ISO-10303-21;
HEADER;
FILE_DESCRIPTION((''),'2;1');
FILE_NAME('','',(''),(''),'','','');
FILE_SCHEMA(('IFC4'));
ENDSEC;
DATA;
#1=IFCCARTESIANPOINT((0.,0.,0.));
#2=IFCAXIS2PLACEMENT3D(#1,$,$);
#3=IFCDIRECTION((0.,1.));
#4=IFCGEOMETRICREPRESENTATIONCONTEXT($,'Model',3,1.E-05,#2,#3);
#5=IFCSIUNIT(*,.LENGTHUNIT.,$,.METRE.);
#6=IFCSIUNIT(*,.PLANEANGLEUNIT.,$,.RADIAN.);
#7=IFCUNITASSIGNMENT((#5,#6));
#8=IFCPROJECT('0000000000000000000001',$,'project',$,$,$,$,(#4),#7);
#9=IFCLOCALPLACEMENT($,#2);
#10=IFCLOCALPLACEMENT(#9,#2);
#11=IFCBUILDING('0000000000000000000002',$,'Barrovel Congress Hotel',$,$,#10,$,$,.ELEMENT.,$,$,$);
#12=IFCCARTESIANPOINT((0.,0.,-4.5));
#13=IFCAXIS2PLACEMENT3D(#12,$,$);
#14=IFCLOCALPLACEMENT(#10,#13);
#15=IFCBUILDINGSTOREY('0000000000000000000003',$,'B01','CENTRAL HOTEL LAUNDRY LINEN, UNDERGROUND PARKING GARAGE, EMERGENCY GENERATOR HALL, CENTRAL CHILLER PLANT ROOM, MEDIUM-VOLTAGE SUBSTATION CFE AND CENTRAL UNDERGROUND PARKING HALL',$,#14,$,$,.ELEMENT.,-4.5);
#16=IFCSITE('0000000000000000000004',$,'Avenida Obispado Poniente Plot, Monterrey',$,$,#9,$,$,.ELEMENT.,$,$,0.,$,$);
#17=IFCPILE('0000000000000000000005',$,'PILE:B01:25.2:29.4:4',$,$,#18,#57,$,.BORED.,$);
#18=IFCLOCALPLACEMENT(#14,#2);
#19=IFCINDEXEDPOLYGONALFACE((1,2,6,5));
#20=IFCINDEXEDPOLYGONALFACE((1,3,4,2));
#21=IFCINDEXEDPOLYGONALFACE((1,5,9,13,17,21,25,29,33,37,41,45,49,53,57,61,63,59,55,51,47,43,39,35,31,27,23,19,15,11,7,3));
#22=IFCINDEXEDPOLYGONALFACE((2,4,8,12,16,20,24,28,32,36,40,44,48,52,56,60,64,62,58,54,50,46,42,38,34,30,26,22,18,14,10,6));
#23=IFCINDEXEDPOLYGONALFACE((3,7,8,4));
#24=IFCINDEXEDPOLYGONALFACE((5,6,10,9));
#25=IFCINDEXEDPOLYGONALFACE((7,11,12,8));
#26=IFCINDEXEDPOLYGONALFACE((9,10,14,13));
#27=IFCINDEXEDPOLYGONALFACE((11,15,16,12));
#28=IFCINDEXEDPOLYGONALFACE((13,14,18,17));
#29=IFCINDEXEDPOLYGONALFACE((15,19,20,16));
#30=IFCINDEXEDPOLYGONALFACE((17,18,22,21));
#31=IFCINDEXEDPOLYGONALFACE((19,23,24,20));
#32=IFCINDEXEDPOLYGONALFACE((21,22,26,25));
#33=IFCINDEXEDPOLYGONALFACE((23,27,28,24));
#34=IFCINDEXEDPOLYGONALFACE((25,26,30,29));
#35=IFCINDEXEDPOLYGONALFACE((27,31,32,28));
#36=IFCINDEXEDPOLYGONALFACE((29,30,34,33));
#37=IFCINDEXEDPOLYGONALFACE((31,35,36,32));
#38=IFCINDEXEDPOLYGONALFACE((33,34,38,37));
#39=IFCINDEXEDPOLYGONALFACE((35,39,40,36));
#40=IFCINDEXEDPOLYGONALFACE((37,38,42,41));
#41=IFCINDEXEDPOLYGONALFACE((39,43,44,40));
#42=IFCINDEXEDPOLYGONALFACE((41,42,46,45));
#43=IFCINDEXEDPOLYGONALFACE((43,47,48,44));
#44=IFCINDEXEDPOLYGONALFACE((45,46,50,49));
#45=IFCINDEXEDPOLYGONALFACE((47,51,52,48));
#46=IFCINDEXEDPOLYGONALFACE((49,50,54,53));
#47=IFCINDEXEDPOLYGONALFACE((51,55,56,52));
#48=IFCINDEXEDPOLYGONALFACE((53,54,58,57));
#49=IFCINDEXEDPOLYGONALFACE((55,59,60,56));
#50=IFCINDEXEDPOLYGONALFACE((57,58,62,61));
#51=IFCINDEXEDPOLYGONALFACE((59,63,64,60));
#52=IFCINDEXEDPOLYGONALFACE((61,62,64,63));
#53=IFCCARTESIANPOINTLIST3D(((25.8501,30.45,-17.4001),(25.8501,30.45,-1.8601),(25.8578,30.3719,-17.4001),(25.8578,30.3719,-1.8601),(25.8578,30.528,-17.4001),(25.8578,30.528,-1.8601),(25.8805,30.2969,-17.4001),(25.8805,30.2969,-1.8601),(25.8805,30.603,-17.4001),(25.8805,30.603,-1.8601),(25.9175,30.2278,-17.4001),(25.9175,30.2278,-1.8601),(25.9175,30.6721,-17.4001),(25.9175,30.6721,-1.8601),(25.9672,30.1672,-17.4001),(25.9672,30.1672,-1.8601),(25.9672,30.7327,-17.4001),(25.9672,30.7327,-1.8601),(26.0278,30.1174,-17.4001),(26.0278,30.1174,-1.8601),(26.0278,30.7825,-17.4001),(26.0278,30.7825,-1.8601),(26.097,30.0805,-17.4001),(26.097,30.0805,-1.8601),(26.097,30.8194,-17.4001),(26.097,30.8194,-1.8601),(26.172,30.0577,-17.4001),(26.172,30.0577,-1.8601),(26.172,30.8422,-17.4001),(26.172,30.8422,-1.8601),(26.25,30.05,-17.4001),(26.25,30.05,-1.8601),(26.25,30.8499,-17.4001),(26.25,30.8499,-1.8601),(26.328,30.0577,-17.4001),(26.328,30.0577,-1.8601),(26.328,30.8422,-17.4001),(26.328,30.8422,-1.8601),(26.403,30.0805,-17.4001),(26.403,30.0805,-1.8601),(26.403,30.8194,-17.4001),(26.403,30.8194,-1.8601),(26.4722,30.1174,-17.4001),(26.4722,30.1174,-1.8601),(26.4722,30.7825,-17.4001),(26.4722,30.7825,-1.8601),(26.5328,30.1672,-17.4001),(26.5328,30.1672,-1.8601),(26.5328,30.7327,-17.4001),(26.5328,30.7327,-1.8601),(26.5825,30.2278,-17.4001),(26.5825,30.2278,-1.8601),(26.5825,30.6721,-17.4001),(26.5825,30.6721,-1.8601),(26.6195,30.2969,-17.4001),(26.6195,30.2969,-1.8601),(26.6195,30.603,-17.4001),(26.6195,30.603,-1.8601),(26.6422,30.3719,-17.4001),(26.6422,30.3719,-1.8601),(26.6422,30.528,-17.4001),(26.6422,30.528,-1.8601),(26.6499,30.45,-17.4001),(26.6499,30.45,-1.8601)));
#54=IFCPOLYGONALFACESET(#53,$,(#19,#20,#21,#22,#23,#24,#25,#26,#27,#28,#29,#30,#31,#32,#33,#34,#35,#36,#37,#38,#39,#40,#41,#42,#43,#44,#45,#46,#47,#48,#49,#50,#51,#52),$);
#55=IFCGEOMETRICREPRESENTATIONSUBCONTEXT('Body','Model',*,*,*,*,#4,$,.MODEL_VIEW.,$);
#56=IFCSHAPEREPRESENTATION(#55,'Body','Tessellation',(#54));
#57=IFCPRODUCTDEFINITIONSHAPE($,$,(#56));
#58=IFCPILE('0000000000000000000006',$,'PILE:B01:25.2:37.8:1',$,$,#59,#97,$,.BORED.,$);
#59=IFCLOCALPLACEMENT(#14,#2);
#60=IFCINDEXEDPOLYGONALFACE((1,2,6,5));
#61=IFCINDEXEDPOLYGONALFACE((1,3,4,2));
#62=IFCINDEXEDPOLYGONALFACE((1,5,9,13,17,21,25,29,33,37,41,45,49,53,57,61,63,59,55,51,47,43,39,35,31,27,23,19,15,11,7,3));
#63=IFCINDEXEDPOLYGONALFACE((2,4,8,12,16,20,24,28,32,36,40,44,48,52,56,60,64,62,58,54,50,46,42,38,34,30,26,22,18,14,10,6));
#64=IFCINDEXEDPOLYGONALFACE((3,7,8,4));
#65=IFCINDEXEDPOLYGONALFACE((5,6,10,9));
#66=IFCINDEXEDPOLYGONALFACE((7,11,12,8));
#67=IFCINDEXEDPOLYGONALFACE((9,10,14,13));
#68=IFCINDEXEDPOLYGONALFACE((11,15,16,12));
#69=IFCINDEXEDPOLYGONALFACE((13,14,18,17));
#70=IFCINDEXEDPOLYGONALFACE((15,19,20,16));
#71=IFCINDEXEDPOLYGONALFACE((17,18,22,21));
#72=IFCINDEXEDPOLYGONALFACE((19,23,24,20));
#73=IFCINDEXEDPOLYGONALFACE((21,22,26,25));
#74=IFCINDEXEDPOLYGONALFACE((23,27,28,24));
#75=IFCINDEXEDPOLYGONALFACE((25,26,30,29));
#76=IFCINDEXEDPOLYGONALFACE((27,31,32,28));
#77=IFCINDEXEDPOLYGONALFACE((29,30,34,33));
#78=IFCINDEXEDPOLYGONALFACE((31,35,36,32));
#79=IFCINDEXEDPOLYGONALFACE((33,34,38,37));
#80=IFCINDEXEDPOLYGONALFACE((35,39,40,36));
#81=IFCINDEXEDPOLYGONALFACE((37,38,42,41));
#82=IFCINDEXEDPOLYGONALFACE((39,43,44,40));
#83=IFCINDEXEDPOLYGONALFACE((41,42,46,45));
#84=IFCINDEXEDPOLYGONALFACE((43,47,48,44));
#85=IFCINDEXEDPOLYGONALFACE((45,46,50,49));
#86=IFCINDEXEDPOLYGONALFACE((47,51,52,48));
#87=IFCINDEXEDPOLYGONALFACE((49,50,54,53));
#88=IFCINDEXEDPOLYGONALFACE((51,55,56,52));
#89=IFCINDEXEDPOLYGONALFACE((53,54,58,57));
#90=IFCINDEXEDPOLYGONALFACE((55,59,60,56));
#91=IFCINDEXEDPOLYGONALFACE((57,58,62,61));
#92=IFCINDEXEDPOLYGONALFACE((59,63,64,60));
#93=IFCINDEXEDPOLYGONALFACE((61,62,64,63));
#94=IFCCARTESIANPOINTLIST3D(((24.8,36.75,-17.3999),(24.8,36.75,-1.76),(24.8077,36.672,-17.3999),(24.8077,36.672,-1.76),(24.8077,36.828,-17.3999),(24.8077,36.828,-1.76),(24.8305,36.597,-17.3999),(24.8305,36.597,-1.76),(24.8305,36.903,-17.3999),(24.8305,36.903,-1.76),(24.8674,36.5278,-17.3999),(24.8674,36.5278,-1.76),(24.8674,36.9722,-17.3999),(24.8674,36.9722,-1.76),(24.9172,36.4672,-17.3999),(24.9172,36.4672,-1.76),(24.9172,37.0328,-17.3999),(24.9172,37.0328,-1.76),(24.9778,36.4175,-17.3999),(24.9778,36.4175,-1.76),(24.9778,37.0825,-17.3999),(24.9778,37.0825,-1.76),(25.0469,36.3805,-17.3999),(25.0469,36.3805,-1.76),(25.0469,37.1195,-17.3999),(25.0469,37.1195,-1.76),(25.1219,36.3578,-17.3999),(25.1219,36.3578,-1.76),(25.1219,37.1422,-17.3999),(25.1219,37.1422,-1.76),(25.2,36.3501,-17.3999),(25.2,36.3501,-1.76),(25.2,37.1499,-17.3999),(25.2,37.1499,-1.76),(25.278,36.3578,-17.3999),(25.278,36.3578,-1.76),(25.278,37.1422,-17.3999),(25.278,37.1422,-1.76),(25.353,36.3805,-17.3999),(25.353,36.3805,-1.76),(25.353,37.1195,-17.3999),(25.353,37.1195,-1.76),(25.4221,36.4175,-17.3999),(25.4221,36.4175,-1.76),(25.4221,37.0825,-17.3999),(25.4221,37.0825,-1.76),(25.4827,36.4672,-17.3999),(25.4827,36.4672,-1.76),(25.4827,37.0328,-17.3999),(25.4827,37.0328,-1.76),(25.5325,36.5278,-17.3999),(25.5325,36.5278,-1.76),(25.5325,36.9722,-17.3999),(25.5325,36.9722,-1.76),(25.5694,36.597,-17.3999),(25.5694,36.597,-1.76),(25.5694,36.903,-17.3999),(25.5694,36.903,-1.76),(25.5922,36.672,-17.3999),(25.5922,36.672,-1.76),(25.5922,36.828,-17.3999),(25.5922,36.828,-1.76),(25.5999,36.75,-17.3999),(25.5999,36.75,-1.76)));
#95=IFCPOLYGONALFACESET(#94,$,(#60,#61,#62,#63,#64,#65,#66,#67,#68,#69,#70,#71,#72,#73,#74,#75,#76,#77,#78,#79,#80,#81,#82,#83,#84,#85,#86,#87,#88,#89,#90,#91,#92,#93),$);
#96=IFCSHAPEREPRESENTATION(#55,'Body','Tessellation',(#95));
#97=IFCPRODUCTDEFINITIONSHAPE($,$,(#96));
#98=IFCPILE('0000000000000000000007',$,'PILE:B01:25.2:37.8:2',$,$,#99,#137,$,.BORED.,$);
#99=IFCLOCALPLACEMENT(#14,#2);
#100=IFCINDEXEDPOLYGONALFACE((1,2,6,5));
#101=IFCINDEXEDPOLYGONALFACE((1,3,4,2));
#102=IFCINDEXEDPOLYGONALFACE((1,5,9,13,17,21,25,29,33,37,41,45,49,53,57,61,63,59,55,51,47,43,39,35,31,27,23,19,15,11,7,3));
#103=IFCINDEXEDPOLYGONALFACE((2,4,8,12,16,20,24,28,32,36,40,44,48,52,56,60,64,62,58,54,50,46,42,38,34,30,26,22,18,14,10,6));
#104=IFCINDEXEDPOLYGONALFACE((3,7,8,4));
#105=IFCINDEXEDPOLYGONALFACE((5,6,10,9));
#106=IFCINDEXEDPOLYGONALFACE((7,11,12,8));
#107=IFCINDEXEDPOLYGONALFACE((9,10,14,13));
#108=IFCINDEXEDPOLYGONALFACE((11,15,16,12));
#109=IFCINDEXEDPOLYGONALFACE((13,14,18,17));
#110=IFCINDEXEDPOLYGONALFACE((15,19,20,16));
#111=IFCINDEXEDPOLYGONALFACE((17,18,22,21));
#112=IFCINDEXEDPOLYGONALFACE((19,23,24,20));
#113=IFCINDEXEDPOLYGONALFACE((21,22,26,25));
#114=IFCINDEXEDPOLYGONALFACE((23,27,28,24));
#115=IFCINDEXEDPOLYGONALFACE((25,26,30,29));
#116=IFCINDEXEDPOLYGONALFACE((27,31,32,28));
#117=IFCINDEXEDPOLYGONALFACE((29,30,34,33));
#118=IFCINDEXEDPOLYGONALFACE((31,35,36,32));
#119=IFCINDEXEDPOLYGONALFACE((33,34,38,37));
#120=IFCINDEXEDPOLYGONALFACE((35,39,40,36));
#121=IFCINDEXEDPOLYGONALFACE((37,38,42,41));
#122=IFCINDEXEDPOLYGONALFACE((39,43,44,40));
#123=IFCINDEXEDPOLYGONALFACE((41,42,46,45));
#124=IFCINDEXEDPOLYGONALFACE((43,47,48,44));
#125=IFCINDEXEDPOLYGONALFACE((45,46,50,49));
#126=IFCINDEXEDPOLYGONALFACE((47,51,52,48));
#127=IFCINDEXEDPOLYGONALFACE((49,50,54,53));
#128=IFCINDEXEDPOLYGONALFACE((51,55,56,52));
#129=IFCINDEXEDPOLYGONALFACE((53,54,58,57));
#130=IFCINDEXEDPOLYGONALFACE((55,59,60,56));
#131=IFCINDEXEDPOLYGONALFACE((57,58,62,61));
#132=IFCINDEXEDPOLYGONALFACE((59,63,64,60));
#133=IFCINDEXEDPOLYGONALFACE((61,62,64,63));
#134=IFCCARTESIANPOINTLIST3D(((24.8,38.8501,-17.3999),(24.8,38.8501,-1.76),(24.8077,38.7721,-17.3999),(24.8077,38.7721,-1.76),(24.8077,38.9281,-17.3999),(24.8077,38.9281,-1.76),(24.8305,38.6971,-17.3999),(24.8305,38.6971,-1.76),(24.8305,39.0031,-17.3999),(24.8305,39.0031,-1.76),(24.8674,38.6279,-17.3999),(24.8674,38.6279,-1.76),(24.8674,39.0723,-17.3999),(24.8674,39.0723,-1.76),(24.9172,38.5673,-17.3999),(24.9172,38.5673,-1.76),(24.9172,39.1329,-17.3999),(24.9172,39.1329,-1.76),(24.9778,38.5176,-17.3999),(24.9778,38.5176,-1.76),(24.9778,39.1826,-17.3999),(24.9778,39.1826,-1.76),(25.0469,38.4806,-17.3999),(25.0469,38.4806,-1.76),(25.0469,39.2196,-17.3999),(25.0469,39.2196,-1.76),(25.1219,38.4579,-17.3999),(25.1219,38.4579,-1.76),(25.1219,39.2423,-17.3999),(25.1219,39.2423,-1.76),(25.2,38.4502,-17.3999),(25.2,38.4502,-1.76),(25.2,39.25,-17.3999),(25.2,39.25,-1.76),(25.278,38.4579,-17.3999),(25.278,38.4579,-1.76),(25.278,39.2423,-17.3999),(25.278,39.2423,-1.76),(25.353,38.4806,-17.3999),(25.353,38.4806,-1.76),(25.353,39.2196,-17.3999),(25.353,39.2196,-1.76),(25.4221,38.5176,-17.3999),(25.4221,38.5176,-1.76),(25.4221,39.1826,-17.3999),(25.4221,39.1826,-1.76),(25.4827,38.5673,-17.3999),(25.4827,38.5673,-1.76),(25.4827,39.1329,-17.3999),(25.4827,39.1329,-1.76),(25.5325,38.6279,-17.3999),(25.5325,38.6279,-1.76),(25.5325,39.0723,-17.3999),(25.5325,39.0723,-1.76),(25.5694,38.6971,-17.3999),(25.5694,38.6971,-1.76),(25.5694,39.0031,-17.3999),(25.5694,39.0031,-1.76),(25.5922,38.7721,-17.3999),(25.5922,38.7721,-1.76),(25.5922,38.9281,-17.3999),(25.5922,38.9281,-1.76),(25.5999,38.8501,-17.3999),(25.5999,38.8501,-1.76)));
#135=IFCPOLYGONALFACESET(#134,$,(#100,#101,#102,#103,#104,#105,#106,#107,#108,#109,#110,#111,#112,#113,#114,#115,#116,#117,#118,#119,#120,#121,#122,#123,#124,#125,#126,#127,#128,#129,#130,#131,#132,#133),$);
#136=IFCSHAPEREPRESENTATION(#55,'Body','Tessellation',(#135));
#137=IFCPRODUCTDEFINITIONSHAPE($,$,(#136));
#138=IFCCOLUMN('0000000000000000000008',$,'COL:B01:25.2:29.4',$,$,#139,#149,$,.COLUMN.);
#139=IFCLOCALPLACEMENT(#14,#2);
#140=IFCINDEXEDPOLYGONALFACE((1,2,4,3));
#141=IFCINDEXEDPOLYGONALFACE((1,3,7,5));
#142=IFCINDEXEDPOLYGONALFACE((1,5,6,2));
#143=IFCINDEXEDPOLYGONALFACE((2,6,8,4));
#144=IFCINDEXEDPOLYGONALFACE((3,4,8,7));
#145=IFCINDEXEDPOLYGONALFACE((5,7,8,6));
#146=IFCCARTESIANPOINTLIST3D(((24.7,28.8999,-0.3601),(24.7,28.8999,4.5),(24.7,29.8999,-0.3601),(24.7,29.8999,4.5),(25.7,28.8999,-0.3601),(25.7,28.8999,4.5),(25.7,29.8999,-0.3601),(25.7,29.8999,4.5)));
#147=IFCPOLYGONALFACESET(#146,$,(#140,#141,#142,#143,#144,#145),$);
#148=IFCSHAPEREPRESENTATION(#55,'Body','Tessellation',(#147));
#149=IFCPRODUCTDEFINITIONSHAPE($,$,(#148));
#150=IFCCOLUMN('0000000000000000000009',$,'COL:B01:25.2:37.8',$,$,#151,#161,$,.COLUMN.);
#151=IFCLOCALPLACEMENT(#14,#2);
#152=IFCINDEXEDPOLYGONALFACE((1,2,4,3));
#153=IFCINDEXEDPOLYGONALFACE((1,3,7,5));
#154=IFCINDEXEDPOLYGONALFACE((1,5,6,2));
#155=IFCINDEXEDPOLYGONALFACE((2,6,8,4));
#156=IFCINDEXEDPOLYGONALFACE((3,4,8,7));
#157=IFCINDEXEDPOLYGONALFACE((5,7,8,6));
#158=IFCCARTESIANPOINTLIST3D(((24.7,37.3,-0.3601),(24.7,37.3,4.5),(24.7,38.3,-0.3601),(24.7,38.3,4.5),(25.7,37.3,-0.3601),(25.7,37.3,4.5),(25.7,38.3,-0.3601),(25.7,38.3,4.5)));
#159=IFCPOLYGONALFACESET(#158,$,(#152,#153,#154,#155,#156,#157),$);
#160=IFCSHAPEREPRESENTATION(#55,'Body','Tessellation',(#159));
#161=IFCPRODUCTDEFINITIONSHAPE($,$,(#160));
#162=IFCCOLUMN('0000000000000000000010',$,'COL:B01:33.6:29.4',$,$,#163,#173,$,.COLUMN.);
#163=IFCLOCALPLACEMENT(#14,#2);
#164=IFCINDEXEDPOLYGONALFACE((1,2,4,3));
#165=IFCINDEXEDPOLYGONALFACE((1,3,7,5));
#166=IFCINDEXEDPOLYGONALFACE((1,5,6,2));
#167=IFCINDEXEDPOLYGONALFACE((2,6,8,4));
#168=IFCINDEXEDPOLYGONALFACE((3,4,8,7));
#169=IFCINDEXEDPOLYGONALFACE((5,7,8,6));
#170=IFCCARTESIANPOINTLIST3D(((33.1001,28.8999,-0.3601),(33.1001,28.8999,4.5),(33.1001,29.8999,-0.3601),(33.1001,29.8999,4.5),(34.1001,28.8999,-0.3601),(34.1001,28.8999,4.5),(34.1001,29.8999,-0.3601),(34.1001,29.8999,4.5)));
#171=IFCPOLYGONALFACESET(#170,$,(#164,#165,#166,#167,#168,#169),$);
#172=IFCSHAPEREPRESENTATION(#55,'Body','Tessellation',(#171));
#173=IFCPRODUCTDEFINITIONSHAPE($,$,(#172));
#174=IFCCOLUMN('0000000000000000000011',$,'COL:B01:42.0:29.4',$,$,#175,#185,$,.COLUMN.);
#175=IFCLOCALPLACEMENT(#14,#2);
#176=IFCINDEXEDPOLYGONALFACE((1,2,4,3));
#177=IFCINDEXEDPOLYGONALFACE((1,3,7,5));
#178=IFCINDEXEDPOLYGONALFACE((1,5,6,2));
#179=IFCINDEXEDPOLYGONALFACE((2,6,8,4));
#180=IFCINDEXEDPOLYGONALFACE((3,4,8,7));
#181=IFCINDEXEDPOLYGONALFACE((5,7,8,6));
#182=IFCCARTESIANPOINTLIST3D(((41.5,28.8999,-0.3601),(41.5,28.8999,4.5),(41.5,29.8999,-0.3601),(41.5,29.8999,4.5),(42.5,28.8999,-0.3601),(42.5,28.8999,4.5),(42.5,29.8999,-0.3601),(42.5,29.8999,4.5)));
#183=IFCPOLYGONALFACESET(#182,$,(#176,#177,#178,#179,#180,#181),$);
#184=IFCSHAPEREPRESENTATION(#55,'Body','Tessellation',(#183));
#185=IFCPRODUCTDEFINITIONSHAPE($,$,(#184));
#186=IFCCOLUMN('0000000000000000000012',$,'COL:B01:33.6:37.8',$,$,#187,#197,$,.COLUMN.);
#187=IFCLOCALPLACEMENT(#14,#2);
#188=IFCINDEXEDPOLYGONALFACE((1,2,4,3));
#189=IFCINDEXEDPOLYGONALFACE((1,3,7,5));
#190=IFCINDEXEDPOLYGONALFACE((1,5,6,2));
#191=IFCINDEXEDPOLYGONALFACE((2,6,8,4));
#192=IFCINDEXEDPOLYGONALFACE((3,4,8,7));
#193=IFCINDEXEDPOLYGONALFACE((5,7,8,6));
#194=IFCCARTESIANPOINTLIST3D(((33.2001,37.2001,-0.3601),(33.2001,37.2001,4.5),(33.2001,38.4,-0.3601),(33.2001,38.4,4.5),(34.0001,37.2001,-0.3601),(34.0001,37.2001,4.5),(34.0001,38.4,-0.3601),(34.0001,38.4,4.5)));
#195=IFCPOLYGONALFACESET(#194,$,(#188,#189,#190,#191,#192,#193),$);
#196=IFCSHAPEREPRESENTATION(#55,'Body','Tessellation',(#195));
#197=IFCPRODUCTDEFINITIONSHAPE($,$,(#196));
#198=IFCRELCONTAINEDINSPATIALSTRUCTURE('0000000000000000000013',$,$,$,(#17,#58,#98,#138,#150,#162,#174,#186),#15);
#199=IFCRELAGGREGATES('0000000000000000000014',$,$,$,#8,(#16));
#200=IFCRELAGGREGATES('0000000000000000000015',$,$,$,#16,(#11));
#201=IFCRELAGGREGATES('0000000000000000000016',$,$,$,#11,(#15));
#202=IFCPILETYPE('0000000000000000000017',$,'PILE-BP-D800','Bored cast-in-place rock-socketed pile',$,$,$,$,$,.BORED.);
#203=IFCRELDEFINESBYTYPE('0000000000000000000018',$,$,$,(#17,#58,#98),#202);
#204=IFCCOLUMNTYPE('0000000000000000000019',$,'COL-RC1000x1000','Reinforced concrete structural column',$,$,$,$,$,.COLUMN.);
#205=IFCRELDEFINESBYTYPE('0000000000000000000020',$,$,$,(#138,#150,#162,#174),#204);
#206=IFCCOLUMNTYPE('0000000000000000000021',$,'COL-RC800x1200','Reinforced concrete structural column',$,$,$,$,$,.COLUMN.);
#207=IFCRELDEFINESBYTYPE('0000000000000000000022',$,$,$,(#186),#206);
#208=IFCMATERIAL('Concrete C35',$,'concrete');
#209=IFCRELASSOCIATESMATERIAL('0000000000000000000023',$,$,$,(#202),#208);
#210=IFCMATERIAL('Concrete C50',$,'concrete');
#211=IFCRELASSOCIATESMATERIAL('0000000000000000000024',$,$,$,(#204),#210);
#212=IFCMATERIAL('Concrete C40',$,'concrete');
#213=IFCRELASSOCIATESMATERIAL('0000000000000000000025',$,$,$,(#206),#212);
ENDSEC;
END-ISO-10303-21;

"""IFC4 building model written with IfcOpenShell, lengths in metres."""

from ifc_helpers import new_model, si_unit, direction, frame, origin, origin_2d, place, context, subcontext, project, spatial, rectangle, circle, extrude, material, material_profile, profile_set, type_object, element, save


model = new_model("IFC4")

# Units and contexts
model_context = context("Model", 3, precision=1e-05, world=origin(), true_north=direction((0.0, 1.0)))
body_context = subcontext(model_context, "Body", "Model", "MODEL_VIEW")
ifc_project = project(units=[si_unit("LENGTHUNIT", "METRE"), si_unit("PLANEANGLEUNIT", "RADIAN")], contexts=[model_context])

# Site, building, storey
site_placement = place(None, origin())
site = spatial("IfcSite", under=ifc_project, at=site_placement, Name="Avenida Obispado Poniente Plot, Monterrey", CompositionType="ELEMENT", RefElevation=0.0)
building_placement = place(site_placement, origin())
building = spatial("IfcBuilding", under=site, at=building_placement, Name="Barrovel Congress Hotel", CompositionType="ELEMENT")
storey_placement = place(building_placement, frame((0.0, 0.0, -4.5)))
storey = spatial("IfcBuildingStorey", under=building, at=storey_placement, Name="B01", Description="CENTRAL HOTEL LAUNDRY LINEN, UNDERGROUND PARKING GARAGE, EMERGENCY GENERATOR HALL, CENTRAL CHILLER PLANT ROOM, MEDIUM-VOLTAGE SUBSTATION CFE AND CENTRAL UNDERGROUND PARKING HALL", CompositionType="ELEMENT", Elevation=-4.5)

# Shared definitions
ifc_material_1 = material(Name="Concrete C40", Category="concrete")

# Piles
ifc_material_2 = material(Name="Concrete C35", Category="concrete")
ifc_material_profile_1 = material_profile(ifc_material_2, circle(Radius=0.3999, at=origin_2d()), Name="BP-D800")
ifc_profile_set_1 = profile_set([ifc_material_profile_1], Name="Concrete C35")
pile_type_1 = type_object("IfcPileType", Name="PILE-BP-D800", Description="Bored cast-in-place rock-socketed pile", PredefinedType="BORED", material=ifc_profile_set_1)
for number, where, z_axis, x_axis, name in (
    (1, (26.25, 30.45, -1.8601), (0.0, 0.0, -1.0), (1.0, 0.0, 0.0), "PILE:B01:25.2:29.4:4"),
):
    element("IfcPile", number, at=place(storey_placement, frame(where, z_axis=z_axis, x_axis=x_axis)), inside=storey, type_object=pile_type_1, Name=name, PredefinedType="BORED", context=body_context, shape_type="SweptSolid", body=[
        extrude(circle(Radius=0.3999, at=origin_2d()), origin(), (0.0, 0.0, 1.0), 15.54),
    ])
for number, where, z_axis, x_axis, name in (
    (2, (25.2, 36.75, -1.76), (0.0, 0.0, -1.0), (1.0, 0.0, 0.0), "PILE:B01:25.2:37.8:1"),
    (3, (25.2, 38.8501, -1.76), (0.0, 0.0, -1.0), (1.0, 0.0, 0.0), "PILE:B01:25.2:37.8:2"),
):
    element("IfcPile", number, at=place(storey_placement, frame(where, z_axis=z_axis, x_axis=x_axis)), inside=storey, type_object=pile_type_1, Name=name, PredefinedType="BORED", context=body_context, shape_type="SweptSolid", body=[
        extrude(circle(Radius=0.3999, at=origin_2d()), origin(), (0.0, 0.0, 1.0), 15.6399),
    ])

# Columns
ifc_material_3 = material(Name="Concrete C50", Category="concrete")
ifc_material_profile_2 = material_profile(ifc_material_3, rectangle(XDim=1.0, YDim=1.0, at=origin_2d()), Name="RC1000x1000")
ifc_profile_set_2 = profile_set([ifc_material_profile_2], Name="Concrete C50")
column_type_1 = type_object("IfcColumnType", Name="COL-RC1000x1000", Description="Reinforced concrete structural column", PredefinedType="COLUMN", material=ifc_profile_set_2)
for number, where, z_axis, x_axis, name in (
    (4, (25.2, 29.3999, -0.3601), (0.0, 0.0, 1.0), (1.0, 0.0, 0.0), "COL:B01:25.2:29.4"),
    (5, (25.2, 37.8, -0.3601), (0.0, 0.0, 1.0), (1.0, 0.0, 0.0), "COL:B01:25.2:37.8"),
    (6, (33.6001, 29.3999, -0.3601), (0.0, 0.0, 1.0), (1.0, 0.0, 0.0), "COL:B01:33.6:29.4"),
    (7, (42.0, 29.3999, -0.3601), (0.0, 0.0, 1.0), (1.0, 0.0, 0.0), "COL:B01:42.0:29.4"),
):
    element("IfcColumn", number, at=place(storey_placement, frame(where, z_axis=z_axis, x_axis=x_axis)), inside=storey, type_object=column_type_1, Name=name, PredefinedType="COLUMN", context=body_context, shape_type="SweptSolid", body=[
        extrude(rectangle(XDim=1.0, YDim=1.0, at=origin_2d()), origin(), (0.0, 0.0, 1.0), 4.8601),
    ])
ifc_material_profile_3 = material_profile(ifc_material_1, rectangle(XDim=0.8, YDim=1.2, at=origin_2d()), Name="RC800x1200")
ifc_profile_set_3 = profile_set([ifc_material_profile_3], Name="Concrete C40")
column_type_2 = type_object("IfcColumnType", Name="COL-RC800x1200", Description="Reinforced concrete structural column", PredefinedType="COLUMN", material=ifc_profile_set_3)
column_placement = place(storey_placement, frame((33.6001, 37.8, -0.3601), z_axis=(0.0, 0.0, 1.0), x_axis=(1.0, 0.0, 0.0)))
element("IfcColumn", 8, at=column_placement, inside=storey, type_object=column_type_2, Name="COL:B01:33.6:37.8", PredefinedType="COLUMN", context=body_context, shape_type="SweptSolid", body=[
    extrude(rectangle(XDim=0.8, YDim=1.2, at=origin_2d()), origin(), (0.0, 0.0, 1.0), 4.8601),
])

save(model, "model.ifc")
